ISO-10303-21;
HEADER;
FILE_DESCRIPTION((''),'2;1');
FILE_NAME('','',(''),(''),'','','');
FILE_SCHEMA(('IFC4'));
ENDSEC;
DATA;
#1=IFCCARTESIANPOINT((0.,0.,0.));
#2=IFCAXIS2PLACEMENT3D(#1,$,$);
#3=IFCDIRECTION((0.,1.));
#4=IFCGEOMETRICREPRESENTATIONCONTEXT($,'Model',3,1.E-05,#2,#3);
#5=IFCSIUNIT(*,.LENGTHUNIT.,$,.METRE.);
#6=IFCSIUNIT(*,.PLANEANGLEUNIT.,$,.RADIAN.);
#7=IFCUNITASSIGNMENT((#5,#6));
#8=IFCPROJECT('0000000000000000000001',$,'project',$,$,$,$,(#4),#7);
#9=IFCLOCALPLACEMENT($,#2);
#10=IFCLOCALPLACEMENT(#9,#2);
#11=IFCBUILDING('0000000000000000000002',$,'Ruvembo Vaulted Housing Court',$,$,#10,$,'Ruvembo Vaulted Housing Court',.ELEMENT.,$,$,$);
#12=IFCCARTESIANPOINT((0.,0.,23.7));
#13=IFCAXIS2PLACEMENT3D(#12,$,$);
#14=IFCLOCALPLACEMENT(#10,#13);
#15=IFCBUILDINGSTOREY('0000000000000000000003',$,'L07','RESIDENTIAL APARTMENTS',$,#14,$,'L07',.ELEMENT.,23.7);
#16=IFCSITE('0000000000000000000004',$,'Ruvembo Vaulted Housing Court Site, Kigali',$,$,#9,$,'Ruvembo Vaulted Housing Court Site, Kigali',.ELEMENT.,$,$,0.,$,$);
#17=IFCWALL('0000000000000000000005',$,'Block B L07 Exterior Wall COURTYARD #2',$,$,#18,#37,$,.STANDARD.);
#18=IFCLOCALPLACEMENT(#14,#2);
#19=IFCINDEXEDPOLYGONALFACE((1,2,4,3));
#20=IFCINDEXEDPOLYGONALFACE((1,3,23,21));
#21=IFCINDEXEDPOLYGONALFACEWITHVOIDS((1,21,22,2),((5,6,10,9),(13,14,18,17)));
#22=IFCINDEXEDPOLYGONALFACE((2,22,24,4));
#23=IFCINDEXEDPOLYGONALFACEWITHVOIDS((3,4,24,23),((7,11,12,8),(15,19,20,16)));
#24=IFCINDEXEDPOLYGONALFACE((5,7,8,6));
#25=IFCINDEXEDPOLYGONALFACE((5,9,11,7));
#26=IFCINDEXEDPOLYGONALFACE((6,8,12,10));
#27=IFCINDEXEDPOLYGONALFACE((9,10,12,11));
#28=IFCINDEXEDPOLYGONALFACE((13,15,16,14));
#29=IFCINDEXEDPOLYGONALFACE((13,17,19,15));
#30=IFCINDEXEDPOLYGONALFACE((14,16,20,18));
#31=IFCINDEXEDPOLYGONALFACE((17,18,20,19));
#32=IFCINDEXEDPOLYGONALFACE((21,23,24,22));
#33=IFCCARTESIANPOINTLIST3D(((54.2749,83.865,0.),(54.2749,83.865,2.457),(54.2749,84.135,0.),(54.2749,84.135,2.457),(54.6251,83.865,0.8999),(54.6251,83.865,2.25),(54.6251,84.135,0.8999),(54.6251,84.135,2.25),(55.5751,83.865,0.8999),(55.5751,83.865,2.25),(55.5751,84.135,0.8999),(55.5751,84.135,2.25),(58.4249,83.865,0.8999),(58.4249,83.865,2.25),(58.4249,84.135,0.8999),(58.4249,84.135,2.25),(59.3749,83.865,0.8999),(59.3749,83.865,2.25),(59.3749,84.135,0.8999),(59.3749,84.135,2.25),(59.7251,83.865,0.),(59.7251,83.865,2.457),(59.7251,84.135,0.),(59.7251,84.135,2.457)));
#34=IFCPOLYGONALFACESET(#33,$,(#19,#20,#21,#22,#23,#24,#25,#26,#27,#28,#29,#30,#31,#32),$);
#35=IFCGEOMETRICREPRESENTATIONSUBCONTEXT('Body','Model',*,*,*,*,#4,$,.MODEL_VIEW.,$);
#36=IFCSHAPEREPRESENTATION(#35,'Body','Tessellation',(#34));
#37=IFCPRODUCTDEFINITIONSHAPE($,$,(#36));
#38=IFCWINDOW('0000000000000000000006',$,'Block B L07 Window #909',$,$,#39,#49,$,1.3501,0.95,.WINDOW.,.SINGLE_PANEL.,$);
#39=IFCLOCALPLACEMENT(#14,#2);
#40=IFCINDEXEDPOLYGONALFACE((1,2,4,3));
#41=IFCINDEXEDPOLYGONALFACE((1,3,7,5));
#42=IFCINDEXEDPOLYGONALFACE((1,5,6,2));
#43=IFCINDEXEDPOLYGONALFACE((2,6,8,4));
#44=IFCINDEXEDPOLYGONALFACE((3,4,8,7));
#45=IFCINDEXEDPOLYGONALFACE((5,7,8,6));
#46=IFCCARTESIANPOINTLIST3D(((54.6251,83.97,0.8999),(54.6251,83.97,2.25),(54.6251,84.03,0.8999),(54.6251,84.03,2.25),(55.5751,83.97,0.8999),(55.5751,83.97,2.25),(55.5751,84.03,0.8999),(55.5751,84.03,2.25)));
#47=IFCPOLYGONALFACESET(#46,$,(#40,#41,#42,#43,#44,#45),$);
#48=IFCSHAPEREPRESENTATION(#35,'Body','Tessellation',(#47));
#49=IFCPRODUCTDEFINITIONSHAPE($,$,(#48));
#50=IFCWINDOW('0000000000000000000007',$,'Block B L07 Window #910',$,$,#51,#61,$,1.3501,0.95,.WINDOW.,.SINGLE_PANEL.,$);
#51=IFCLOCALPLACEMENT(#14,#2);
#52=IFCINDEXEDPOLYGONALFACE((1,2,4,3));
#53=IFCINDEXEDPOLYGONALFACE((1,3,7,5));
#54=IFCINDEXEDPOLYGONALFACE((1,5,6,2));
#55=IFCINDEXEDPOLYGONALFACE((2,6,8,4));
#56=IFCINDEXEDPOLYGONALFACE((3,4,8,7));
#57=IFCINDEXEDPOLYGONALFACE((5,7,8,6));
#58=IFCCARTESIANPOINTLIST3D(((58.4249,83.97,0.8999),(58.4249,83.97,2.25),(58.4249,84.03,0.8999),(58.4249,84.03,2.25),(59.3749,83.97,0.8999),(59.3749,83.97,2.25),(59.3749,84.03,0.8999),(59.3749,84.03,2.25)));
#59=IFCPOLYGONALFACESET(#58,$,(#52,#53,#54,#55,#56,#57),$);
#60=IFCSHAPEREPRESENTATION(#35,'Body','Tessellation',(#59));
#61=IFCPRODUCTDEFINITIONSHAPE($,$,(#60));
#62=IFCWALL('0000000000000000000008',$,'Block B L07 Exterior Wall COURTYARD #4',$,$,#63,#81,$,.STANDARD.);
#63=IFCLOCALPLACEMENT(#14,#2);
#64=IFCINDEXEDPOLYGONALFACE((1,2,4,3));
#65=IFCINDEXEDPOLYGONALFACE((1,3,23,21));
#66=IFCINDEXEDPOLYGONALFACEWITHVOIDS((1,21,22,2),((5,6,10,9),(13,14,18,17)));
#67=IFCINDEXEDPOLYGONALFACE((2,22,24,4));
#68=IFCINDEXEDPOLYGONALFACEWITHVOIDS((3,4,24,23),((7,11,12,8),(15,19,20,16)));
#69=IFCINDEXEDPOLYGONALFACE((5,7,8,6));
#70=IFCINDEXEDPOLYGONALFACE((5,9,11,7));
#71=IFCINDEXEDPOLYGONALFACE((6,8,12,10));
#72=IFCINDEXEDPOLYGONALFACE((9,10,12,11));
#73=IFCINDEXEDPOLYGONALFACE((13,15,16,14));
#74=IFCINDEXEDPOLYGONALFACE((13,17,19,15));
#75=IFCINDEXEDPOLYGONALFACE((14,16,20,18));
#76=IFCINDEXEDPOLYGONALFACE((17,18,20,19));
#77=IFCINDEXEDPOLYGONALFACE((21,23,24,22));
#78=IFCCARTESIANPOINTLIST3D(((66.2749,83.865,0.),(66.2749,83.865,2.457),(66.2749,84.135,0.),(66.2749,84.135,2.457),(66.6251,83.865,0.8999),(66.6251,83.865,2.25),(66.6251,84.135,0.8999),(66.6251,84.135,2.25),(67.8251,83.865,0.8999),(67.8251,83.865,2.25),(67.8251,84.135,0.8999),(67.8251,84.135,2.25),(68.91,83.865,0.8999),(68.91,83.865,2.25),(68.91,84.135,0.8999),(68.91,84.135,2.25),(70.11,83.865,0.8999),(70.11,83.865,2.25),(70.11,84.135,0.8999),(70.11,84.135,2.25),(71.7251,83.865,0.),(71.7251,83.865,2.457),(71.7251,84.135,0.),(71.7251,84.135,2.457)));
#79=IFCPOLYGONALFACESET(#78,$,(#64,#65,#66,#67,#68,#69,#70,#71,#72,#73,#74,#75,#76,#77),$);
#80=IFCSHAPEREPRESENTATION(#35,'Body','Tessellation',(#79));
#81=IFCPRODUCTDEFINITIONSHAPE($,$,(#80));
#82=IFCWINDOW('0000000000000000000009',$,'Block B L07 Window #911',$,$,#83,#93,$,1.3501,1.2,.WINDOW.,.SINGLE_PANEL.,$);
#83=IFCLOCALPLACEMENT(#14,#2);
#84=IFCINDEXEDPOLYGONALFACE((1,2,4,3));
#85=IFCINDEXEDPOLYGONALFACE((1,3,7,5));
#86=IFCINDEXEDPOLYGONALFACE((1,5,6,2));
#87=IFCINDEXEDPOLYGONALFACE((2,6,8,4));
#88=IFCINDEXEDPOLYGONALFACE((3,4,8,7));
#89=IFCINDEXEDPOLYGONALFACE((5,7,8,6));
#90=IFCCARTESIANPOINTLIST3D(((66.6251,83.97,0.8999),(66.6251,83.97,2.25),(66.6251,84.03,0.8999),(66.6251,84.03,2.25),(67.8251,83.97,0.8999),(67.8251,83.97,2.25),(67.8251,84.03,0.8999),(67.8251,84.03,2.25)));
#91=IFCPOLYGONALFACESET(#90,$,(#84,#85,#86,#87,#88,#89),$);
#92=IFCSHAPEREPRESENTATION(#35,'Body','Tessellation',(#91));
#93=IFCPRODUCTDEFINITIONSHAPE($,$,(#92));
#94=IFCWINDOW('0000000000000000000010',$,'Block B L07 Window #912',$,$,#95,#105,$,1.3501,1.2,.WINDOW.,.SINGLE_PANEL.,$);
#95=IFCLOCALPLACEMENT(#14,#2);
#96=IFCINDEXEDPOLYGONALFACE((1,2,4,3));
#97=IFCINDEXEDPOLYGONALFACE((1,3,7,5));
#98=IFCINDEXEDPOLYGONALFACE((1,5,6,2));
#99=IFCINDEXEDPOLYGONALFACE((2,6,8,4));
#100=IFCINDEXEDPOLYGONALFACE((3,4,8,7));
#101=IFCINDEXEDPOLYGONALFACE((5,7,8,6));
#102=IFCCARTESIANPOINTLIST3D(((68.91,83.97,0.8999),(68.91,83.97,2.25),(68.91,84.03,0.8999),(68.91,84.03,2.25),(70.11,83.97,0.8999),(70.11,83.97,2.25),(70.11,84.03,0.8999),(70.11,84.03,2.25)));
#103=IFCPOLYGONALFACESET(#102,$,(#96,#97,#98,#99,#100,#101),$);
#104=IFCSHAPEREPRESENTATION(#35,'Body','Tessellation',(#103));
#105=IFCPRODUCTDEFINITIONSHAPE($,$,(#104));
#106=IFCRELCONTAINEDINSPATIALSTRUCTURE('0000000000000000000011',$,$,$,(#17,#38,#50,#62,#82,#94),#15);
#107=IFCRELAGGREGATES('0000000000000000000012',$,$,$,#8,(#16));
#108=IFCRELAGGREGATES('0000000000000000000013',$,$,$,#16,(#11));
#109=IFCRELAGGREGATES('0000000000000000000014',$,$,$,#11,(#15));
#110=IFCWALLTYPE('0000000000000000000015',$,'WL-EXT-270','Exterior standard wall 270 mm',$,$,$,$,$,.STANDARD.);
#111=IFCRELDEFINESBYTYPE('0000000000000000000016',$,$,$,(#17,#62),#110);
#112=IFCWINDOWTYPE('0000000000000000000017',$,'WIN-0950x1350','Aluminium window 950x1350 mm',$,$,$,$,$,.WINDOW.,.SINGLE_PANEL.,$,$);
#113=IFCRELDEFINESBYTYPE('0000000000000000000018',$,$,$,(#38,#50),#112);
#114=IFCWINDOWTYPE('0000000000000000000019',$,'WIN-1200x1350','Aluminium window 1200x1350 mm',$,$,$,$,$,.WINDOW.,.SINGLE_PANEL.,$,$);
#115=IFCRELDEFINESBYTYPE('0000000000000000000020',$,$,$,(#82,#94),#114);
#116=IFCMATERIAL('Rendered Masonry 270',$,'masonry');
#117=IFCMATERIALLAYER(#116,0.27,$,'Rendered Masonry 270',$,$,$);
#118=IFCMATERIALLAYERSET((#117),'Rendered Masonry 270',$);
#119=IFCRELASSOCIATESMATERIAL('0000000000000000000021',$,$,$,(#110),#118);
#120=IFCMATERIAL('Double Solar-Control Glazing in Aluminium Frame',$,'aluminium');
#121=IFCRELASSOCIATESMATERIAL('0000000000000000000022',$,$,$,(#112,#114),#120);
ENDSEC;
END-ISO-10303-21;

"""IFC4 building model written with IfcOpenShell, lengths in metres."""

from ifc_helpers import new_model, si_unit, direction, frame, frame_2d, origin, place, context, subcontext, project, spatial, rectangle, extrude, material, layer, layer_set, type_object, element, fill, save


model = new_model("IFC4")

# Units and contexts
model_context = context("Model", 3, precision=1e-05, world=origin(), true_north=direction((0.0, 1.0)))
body_context = subcontext(model_context, "Body", "Model", "MODEL_VIEW")
ifc_project = project(units=[si_unit("LENGTHUNIT", "METRE"), si_unit("PLANEANGLEUNIT", "RADIAN")], contexts=[model_context])

# Site, building, storey
site_placement = place(None, origin())
site = spatial("IfcSite", under=ifc_project, at=site_placement, Name="Ruvembo Vaulted Housing Court Site, Kigali", LongName="Ruvembo Vaulted Housing Court Site, Kigali", CompositionType="ELEMENT", RefElevation=0.0)
building_placement = place(site_placement, origin())
building = spatial("IfcBuilding", under=site, at=building_placement, Name="Ruvembo Vaulted Housing Court", LongName="Ruvembo Vaulted Housing Court", CompositionType="ELEMENT")
storey_placement = place(building_placement, frame((0.0, 0.0, 23.7)))
storey = spatial("IfcBuildingStorey", under=building, at=storey_placement, Name="L07", Description="RESIDENTIAL APARTMENTS", LongName="L07", CompositionType="ELEMENT", Elevation=23.7)

# Wall, openings, windows
ifc_material_1 = material(Name="Rendered Masonry 270", Category="masonry")
ifc_layer = layer(ifc_material_1, 0.27, Name="Rendered Masonry 270")
ifc_layer_set = layer_set([ifc_layer], Name="Rendered Masonry 270")
wall_type = type_object("IfcWallType", Name="WL-EXT-270", Description="Exterior standard wall 270 mm", PredefinedType="STANDARD", material=ifc_layer_set)
ifc_material_2 = material(Name="Double Solar-Control Glazing in Aluminium Frame", Category="aluminium")
wall_1_placement = place(storey_placement, frame((54.2749, 84.0, 0.0), z_axis=(0.0, 0.0, 1.0), x_axis=(1.0, 0.0, 0.0)))
wall_1 = element("IfcWall", 1, at=wall_1_placement, inside=storey, type_object=wall_type, Name="Block B L07 Exterior Wall COURTYARD #2", PredefinedType="STANDARD", context=body_context, shape_type="SweptSolid", body=[
    extrude(rectangle(XDim=5.4502, YDim=0.27, at=frame_2d((2.7251, 0.0))), origin(), (0.0, 0.0, 1.0), 2.457),
])
opening_1_placement = place(wall_1_placement, frame((0.3501, 0.0, 0.8999)))
opening_1 = element("IfcOpeningElement", 2, at=opening_1_placement, cuts=wall_1, PredefinedType="OPENING", context=body_context, shape_type="SweptSolid", body=[
    extrude(rectangle(XDim=0.95, YDim=1.3501, at=frame_2d((0.4751, 0.675))), frame((0.0, 0.145, 0.0), z_axis=(0.0, -1.0, 0.0), x_axis=(1.0, 0.0, 0.0)), (0.0, 0.0, 1.0), 0.29),
])
opening_2_placement = place(wall_1_placement, frame((4.1499, 0.0, 0.8999)))
opening_2 = element("IfcOpeningElement", 3, at=opening_2_placement, cuts=wall_1, PredefinedType="OPENING", context=body_context, shape_type="SweptSolid", body=[
    extrude(rectangle(XDim=0.95, YDim=1.3501, at=frame_2d((0.4751, 0.675))), frame((0.0, 0.145, 0.0), z_axis=(0.0, -1.0, 0.0), x_axis=(1.0, 0.0, 0.0)), (0.0, 0.0, 1.0), 0.29),
])
window_type_1 = type_object("IfcWindowType", Name="WIN-0950x1350", Description="Aluminium window 950x1350 mm", PartitioningType="SINGLE_PANEL", PredefinedType="WINDOW", material=ifc_material_2)
window_1_placement = place(opening_1_placement, origin())
window_1 = element("IfcWindow", 4, at=window_1_placement, inside=storey, type_object=window_type_1, Name="Block B L07 Window #909", OverallHeight=1.3501, OverallWidth=0.95, PartitioningType="SINGLE_PANEL", PredefinedType="WINDOW", context=body_context, shape_type="SweptSolid", body=[
    extrude(rectangle(XDim=0.95, YDim=1.3501, at=frame_2d((0.4751, 0.675))), frame((0.0, 0.03, 0.0), z_axis=(0.0, -1.0, 0.0), x_axis=(1.0, 0.0, 0.0)), (0.0, 0.0, 1.0), 0.0601),
])
fill(opening_1, window_1)
window_2_placement = place(opening_2_placement, origin())
window_2 = element("IfcWindow", 5, at=window_2_placement, inside=storey, type_object=window_type_1, Name="Block B L07 Window #910", OverallHeight=1.3501, OverallWidth=0.95, PartitioningType="SINGLE_PANEL", PredefinedType="WINDOW", context=body_context, shape_type="SweptSolid", body=[
    extrude(rectangle(XDim=0.95, YDim=1.3501, at=frame_2d((0.4751, 0.675))), frame((0.0, 0.03, 0.0), z_axis=(0.0, -1.0, 0.0), x_axis=(1.0, 0.0, 0.0)), (0.0, 0.0, 1.0), 0.0601),
])
fill(opening_2, window_2)

# Wall, openings, windows
wall_2_placement = place(storey_placement, frame((66.2749, 84.0, 0.0), z_axis=(0.0, 0.0, 1.0), x_axis=(1.0, 0.0, 0.0)))
wall_2 = element("IfcWall", 6, at=wall_2_placement, inside=storey, type_object=wall_type, Name="Block B L07 Exterior Wall COURTYARD #4", PredefinedType="STANDARD", context=body_context, shape_type="SweptSolid", body=[
    extrude(rectangle(XDim=5.4502, YDim=0.27, at=frame_2d((2.7251, 0.0))), origin(), (0.0, 0.0, 1.0), 2.457),
])
opening_3_placement = place(wall_2_placement, frame((0.3501, 0.0, 0.8999)))
opening_3 = element("IfcOpeningElement", 7, at=opening_3_placement, cuts=wall_2, PredefinedType="OPENING", context=body_context, shape_type="SweptSolid", body=[
    extrude(rectangle(XDim=1.2, YDim=1.3501, at=frame_2d((0.6001, 0.675))), frame((0.0, 0.145, 0.0), z_axis=(0.0, -1.0, 0.0), x_axis=(1.0, 0.0, 0.0)), (0.0, 0.0, 1.0), 0.29),
])
opening_4_placement = place(wall_2_placement, frame((2.635, 0.0, 0.8999)))
opening_4 = element("IfcOpeningElement", 8, at=opening_4_placement, cuts=wall_2, PredefinedType="OPENING", context=body_context, shape_type="SweptSolid", body=[
    extrude(rectangle(XDim=1.2, YDim=1.3501, at=frame_2d((0.6001, 0.675))), frame((0.0, 0.145, 0.0), z_axis=(0.0, -1.0, 0.0), x_axis=(1.0, 0.0, 0.0)), (0.0, 0.0, 1.0), 0.29),
])
window_type_2 = type_object("IfcWindowType", Name="WIN-1200x1350", Description="Aluminium window 1200x1350 mm", PartitioningType="SINGLE_PANEL", PredefinedType="WINDOW", material=ifc_material_2)
window_3_placement = place(opening_3_placement, origin())
window_3 = element("IfcWindow", 9, at=window_3_placement, inside=storey, type_object=window_type_2, Name="Block B L07 Window #911", OverallHeight=1.3501, OverallWidth=1.2, PartitioningType="SINGLE_PANEL", PredefinedType="WINDOW", context=body_context, shape_type="SweptSolid", body=[
    extrude(rectangle(XDim=1.2, YDim=1.3501, at=frame_2d((0.6001, 0.675))), frame((0.0, 0.03, 0.0), z_axis=(0.0, -1.0, 0.0), x_axis=(1.0, 0.0, 0.0)), (0.0, 0.0, 1.0), 0.0601),
])
fill(opening_3, window_3)
window_4_placement = place(opening_4_placement, origin())
window_4 = element("IfcWindow", 10, at=window_4_placement, inside=storey, type_object=window_type_2, Name="Block B L07 Window #912", OverallHeight=1.3501, OverallWidth=1.2, PartitioningType="SINGLE_PANEL", PredefinedType="WINDOW", context=body_context, shape_type="SweptSolid", body=[
    extrude(rectangle(XDim=1.2, YDim=1.3501, at=frame_2d((0.6001, 0.675))), frame((0.0, 0.03, 0.0), z_axis=(0.0, -1.0, 0.0), x_axis=(1.0, 0.0, 0.0)), (0.0, 0.0, 1.0), 0.0601),
])
fill(opening_4, window_4)

save(model, "model.ifc")
